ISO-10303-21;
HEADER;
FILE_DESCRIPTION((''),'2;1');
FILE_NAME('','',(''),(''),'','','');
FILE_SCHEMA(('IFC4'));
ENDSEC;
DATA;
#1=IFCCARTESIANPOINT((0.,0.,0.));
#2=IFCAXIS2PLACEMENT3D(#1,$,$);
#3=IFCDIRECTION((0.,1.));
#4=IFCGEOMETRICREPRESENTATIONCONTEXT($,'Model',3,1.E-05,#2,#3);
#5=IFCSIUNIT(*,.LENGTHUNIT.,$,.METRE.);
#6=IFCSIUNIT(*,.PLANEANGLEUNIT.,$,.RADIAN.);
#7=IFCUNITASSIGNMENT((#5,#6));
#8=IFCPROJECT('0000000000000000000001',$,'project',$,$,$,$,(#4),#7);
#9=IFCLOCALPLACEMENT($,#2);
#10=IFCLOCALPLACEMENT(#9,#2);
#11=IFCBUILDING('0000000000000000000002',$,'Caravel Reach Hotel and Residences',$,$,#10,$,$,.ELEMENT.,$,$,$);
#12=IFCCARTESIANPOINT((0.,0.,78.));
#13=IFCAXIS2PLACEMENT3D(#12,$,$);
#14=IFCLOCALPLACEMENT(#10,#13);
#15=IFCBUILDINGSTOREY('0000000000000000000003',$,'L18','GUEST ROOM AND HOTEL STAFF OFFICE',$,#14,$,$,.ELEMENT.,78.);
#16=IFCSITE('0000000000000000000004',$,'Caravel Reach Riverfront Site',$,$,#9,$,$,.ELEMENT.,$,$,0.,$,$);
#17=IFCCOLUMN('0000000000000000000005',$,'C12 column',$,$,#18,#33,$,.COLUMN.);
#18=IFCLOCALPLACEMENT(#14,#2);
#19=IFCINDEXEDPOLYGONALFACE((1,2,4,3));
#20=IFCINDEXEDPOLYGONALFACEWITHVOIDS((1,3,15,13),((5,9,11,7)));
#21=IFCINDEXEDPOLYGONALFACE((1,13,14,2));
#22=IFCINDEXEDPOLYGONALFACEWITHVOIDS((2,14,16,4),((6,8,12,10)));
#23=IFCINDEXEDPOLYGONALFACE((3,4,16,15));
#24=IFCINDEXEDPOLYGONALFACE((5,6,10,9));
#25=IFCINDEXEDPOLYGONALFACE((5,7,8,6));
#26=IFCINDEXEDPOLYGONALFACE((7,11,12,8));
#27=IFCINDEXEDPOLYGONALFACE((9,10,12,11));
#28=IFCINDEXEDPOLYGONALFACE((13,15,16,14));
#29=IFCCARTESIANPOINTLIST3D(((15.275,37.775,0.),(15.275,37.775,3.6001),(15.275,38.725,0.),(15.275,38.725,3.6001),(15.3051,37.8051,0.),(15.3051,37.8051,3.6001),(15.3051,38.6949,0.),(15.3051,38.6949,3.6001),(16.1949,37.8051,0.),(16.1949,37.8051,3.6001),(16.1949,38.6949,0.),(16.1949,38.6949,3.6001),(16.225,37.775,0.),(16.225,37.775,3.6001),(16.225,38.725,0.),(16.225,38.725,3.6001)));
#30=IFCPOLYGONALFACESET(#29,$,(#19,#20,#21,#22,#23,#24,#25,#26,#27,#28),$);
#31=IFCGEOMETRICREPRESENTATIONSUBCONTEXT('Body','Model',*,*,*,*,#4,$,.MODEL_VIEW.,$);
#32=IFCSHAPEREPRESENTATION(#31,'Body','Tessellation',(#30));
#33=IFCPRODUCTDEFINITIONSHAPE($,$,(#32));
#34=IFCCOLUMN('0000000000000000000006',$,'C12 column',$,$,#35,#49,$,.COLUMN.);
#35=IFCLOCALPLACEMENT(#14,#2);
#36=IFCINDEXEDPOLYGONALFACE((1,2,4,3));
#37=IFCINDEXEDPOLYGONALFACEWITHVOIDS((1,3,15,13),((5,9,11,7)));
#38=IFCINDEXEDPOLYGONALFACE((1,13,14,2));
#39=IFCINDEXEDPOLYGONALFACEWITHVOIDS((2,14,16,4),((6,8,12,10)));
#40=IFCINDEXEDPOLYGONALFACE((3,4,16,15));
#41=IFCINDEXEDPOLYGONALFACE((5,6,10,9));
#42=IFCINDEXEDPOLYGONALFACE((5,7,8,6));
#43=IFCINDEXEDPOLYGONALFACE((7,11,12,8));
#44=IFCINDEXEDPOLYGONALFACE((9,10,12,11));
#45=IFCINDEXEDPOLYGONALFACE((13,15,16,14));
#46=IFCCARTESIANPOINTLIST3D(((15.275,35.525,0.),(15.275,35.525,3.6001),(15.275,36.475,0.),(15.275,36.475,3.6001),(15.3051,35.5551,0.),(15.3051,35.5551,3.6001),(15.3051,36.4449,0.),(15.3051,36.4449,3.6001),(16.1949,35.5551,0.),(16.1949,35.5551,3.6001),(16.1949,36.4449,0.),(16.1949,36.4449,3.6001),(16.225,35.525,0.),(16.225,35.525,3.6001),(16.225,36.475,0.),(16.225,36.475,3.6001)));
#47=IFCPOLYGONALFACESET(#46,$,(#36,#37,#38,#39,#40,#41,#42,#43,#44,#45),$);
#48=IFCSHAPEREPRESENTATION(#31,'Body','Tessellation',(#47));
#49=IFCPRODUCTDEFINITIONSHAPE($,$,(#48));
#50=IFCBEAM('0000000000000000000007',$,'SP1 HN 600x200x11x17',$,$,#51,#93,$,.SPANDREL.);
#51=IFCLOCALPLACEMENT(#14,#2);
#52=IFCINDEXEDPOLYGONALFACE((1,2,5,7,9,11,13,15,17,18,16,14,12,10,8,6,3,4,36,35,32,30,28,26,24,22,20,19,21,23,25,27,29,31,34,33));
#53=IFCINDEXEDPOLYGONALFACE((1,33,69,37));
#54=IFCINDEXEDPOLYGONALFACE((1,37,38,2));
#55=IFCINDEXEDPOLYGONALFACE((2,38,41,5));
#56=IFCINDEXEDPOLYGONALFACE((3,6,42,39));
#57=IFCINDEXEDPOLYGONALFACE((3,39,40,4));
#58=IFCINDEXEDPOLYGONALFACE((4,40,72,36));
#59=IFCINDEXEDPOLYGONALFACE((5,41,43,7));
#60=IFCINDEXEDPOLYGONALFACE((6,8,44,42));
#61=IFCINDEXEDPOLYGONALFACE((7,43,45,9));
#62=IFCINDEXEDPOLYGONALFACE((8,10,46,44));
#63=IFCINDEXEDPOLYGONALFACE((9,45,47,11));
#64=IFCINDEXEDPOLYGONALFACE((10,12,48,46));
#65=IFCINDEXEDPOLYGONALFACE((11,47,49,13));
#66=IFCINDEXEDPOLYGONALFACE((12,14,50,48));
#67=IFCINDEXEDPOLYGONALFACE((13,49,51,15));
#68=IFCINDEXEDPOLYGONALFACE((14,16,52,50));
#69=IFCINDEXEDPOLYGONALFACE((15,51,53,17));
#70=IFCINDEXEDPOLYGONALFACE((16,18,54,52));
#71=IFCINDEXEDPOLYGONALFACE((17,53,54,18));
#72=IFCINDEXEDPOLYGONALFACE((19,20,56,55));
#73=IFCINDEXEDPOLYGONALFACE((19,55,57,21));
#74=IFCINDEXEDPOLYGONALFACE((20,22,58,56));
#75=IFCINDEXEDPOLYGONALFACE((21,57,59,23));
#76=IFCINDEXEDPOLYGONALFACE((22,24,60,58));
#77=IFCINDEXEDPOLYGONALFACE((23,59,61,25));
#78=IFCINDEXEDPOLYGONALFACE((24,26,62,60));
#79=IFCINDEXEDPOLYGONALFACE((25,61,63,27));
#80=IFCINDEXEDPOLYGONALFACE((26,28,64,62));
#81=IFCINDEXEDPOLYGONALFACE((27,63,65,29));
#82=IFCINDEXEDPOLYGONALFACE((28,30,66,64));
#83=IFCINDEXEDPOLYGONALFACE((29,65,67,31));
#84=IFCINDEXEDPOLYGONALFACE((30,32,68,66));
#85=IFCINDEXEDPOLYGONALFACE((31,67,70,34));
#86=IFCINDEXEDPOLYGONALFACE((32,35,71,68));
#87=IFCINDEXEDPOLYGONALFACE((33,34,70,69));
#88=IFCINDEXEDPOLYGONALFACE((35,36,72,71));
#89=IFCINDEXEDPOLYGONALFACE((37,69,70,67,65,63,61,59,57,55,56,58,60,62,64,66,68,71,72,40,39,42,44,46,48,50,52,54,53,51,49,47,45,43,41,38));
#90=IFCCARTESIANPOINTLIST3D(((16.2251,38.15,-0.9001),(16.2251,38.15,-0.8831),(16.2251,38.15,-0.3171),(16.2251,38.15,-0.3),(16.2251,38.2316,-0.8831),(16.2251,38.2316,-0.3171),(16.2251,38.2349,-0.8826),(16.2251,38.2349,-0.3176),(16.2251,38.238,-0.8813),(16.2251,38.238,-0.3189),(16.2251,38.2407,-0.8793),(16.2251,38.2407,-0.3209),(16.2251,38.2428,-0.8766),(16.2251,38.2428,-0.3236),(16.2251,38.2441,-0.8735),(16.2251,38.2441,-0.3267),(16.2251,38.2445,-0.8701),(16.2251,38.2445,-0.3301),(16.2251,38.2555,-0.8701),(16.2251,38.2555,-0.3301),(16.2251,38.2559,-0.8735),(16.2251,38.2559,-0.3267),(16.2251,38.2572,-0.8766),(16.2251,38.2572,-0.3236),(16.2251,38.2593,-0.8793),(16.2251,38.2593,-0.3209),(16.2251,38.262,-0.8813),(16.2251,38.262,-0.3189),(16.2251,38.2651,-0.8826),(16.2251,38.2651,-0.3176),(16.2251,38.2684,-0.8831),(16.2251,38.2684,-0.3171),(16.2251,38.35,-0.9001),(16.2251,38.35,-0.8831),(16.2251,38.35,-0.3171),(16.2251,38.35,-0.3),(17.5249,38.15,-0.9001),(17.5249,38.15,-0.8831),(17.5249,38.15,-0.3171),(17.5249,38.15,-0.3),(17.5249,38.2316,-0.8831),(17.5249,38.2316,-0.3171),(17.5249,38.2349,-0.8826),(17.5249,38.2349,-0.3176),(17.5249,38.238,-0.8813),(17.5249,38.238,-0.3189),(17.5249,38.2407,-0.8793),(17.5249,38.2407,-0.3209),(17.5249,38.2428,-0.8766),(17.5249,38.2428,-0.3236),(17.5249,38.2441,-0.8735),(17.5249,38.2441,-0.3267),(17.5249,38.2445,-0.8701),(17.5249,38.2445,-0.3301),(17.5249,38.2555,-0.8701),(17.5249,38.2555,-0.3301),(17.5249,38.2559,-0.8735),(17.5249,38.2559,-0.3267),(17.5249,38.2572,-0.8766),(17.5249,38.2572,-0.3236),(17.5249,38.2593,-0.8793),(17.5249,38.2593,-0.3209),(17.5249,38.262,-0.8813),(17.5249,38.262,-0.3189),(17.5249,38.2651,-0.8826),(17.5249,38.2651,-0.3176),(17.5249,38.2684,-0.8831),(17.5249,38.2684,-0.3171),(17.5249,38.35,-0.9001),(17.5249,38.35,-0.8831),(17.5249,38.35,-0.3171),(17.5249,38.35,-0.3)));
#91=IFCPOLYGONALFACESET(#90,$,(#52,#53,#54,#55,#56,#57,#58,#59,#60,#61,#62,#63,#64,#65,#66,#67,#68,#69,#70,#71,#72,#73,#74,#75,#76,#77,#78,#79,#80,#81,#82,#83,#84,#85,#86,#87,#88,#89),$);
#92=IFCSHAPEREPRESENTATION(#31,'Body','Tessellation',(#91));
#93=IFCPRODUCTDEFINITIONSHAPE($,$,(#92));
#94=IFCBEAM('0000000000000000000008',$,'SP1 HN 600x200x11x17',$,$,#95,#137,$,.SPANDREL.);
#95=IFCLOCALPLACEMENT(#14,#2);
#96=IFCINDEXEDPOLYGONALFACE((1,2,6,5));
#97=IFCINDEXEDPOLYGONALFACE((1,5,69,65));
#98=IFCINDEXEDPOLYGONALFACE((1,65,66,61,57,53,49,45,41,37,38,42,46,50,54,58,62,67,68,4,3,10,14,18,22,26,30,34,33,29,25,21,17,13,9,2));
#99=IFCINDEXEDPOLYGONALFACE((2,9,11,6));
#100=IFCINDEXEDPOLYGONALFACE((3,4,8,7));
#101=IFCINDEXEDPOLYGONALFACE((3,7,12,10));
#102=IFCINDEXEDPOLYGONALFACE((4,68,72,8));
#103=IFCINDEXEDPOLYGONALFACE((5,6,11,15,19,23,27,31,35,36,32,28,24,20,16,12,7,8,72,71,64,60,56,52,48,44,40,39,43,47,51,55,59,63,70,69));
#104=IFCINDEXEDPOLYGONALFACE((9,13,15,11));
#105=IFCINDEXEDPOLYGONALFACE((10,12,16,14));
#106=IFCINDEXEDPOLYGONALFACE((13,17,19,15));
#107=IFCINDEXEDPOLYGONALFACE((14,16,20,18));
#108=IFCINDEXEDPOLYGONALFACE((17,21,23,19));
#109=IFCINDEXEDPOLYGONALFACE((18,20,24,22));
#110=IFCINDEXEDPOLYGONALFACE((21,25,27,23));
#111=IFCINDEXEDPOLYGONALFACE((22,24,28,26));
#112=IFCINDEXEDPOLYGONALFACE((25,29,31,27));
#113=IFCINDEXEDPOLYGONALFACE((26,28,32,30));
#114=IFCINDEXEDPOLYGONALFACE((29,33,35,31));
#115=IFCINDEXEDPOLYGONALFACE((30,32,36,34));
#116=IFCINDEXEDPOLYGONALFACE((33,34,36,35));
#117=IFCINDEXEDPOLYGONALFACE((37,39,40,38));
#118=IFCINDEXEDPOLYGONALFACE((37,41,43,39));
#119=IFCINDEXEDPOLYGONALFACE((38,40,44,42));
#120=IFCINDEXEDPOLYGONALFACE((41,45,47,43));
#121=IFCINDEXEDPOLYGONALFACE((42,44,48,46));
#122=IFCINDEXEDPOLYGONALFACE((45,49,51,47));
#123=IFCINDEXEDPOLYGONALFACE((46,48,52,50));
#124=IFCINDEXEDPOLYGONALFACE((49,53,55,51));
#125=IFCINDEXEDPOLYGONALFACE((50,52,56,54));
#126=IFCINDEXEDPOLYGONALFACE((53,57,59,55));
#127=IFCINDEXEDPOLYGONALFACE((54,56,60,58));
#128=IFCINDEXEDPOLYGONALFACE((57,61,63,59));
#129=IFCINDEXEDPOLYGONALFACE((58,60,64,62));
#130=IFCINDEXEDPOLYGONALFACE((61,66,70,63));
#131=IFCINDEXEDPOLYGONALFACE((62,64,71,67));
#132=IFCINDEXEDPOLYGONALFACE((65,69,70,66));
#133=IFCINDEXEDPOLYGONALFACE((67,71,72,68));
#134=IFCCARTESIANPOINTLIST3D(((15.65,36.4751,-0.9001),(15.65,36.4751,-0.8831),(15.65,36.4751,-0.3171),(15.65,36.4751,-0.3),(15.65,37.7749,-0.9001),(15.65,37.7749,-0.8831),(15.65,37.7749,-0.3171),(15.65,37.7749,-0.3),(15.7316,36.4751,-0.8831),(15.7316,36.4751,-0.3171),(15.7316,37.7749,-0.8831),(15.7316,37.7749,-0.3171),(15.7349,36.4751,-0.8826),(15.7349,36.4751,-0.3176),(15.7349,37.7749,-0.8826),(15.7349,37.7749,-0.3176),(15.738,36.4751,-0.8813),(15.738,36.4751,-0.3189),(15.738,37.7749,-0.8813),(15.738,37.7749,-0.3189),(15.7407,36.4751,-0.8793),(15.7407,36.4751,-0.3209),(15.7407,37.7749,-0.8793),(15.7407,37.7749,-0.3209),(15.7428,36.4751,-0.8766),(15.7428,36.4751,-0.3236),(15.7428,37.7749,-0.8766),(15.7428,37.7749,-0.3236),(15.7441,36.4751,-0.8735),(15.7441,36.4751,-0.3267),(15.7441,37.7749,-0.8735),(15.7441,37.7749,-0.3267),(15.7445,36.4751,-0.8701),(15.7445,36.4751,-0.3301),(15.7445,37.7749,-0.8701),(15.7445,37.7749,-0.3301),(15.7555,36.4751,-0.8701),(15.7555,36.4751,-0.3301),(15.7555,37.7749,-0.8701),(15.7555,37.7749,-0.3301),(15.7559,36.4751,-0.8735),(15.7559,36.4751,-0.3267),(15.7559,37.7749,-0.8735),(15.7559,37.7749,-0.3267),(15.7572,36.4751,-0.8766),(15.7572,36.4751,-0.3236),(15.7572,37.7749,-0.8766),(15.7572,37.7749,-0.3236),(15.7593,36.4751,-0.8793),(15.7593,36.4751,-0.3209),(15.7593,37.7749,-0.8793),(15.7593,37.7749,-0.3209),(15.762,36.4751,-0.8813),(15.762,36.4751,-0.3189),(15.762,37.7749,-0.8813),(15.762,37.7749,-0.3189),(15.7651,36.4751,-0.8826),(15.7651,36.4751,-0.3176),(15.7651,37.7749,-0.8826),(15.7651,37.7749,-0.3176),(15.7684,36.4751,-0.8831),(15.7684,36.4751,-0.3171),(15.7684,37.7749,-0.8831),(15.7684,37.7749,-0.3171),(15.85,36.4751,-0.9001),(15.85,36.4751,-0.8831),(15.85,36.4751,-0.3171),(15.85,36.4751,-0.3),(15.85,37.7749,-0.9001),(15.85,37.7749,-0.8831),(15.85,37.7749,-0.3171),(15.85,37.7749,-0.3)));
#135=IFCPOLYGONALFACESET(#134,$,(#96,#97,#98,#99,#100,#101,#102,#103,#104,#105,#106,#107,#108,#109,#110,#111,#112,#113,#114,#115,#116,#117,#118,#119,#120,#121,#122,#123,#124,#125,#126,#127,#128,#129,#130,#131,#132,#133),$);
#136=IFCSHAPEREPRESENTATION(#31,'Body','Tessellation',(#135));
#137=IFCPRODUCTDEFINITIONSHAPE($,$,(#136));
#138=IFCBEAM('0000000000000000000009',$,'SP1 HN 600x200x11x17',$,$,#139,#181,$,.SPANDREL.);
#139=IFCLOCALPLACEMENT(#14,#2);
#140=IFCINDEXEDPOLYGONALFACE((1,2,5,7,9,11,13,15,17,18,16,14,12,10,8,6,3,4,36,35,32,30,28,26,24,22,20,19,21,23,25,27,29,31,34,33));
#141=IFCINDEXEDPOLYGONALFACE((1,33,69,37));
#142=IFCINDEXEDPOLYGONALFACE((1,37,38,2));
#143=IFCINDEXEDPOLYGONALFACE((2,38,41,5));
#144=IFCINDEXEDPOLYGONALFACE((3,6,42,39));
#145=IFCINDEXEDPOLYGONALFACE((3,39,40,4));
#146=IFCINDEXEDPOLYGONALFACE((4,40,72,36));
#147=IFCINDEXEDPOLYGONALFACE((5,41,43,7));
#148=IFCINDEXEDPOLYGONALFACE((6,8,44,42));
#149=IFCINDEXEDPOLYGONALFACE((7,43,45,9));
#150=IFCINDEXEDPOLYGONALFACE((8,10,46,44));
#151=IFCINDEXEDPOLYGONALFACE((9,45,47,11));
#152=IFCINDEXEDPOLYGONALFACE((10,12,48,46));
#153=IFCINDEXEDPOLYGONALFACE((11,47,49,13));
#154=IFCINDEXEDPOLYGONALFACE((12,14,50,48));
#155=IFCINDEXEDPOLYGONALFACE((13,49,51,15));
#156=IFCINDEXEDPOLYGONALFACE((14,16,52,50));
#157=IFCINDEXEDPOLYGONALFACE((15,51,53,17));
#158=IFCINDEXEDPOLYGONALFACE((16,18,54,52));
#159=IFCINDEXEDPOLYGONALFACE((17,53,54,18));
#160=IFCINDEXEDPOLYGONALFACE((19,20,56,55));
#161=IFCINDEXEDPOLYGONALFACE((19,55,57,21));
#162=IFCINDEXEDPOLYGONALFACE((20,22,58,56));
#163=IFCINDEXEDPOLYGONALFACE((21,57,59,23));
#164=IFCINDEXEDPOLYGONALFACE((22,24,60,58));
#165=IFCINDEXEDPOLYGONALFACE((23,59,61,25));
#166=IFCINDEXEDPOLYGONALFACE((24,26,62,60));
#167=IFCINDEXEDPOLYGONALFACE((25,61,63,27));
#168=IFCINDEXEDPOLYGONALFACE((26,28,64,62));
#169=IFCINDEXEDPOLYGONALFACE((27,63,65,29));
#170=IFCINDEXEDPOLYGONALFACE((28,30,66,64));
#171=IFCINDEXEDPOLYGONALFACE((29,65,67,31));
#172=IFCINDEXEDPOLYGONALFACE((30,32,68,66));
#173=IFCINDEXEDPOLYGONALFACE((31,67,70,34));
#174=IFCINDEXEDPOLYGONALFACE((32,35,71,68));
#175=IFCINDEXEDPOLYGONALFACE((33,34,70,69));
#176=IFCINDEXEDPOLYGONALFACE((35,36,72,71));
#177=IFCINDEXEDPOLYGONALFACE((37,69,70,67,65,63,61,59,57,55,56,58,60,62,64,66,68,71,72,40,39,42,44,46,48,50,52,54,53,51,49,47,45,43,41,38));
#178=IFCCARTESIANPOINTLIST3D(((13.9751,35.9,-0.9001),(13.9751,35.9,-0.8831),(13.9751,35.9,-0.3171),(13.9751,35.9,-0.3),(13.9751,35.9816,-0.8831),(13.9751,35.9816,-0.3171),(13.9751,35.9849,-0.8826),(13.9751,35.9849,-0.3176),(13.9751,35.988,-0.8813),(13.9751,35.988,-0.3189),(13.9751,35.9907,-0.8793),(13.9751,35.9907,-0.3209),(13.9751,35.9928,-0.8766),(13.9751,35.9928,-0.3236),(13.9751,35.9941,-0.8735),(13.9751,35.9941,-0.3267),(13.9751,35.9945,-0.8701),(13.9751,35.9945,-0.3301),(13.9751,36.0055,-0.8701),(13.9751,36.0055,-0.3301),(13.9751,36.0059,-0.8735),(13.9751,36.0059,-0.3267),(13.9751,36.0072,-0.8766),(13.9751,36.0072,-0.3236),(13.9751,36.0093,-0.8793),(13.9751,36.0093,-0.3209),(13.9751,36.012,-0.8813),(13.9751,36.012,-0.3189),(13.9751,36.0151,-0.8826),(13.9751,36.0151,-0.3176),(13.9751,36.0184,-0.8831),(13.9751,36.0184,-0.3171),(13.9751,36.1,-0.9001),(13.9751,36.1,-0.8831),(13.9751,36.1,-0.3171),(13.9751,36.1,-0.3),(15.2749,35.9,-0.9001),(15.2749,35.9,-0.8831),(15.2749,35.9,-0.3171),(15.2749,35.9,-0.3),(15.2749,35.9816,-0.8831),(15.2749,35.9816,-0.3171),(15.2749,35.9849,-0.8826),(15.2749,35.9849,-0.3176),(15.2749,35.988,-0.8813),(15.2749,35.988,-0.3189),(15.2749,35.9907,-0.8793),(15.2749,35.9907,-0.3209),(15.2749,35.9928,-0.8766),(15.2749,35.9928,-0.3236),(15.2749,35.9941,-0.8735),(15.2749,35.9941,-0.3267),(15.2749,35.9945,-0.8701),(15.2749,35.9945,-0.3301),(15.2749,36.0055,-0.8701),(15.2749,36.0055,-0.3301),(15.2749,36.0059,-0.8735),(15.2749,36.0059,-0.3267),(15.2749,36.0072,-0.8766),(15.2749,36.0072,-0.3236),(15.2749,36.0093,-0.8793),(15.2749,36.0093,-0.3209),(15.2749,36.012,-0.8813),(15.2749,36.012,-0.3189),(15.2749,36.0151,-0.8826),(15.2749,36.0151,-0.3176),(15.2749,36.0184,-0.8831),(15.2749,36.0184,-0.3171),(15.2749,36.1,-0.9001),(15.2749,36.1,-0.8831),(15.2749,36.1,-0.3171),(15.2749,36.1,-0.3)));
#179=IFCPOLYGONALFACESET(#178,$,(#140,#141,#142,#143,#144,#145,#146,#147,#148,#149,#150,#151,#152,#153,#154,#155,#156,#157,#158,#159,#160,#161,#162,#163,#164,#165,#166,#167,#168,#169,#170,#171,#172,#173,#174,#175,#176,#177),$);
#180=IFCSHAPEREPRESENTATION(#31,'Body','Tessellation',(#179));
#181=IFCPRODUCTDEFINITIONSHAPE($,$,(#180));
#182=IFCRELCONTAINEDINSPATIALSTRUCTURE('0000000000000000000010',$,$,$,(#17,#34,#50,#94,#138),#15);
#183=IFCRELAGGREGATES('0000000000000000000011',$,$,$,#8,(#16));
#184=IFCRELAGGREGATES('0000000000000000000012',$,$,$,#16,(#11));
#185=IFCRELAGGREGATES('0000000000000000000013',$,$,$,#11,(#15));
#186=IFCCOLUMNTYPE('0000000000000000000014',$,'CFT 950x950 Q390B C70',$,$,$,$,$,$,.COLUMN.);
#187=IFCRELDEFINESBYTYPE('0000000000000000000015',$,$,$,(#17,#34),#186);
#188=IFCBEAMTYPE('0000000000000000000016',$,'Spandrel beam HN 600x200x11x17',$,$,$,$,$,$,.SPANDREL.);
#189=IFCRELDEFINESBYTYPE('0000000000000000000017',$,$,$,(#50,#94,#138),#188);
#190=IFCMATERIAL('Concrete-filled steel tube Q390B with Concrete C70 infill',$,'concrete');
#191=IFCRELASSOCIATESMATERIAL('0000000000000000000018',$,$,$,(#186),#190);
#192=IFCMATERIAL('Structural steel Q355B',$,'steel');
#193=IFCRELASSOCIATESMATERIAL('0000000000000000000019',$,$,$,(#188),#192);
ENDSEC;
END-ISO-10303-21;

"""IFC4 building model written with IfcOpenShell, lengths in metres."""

from ifc_helpers import new_model, si_unit, direction, frame, origin, origin_2d, place, context, subcontext, project, spatial, hollow_rectangle, i_section, extrude, material, material_profile, profile_set, type_object, element, save


model = new_model("IFC4")

# Units and contexts
model_context = context("Model", 3, precision=1e-05, world=origin(), true_north=direction((0.0, 1.0)))
body_context = subcontext(model_context, "Body", "Model", "MODEL_VIEW")
ifc_project = project(units=[si_unit("LENGTHUNIT", "METRE"), si_unit("PLANEANGLEUNIT", "RADIAN")], contexts=[model_context])

# Site, building, storey
site_placement = place(None, origin())
site = spatial("IfcSite", under=ifc_project, at=site_placement, Name="Caravel Reach Riverfront Site", CompositionType="ELEMENT", RefElevation=0.0)
building_placement = place(site_placement, origin())
building = spatial("IfcBuilding", under=site, at=building_placement, Name="Caravel Reach Hotel and Residences", CompositionType="ELEMENT")
storey_placement = place(building_placement, frame((0.0, 0.0, 78.0)))
storey = spatial("IfcBuildingStorey", under=building, at=storey_placement, Name="L18", Description="GUEST ROOM AND HOTEL STAFF OFFICE", CompositionType="ELEMENT", Elevation=78.0)

# Columns
ifc_material_1 = material(Name="Concrete-filled steel tube Q390B with Concrete C70 infill", Category="concrete")
ifc_material_profile_1 = material_profile(ifc_material_1, hollow_rectangle(XDim=0.95, YDim=0.95, WallThickness=0.03, at=origin_2d()), Name="RHS 950x950x30")
ifc_profile_set_1 = profile_set([ifc_material_profile_1], Name="Concrete-filled steel tube Q390B with Concrete C70 infill")
column_type = type_object("IfcColumnType", Name="CFT 950x950 Q390B C70", PredefinedType="COLUMN", material=ifc_profile_set_1)
for number, where, z_axis, x_axis, name in (
    (1, (15.75, 38.25, 0.0), (0.0, 0.0, 1.0), (1.0, 0.0, 0.0), "C12 column"),
    (2, (15.75, 36.0, 0.0), (0.0, 0.0, 1.0), (1.0, 0.0, 0.0), "C12 column"),
):
    element("IfcColumn", number, at=place(storey_placement, frame(where, z_axis=z_axis, x_axis=x_axis)), inside=storey, type_object=column_type, Name=name, PredefinedType="COLUMN", context=body_context, shape_type="SweptSolid", body=[
        extrude(hollow_rectangle(XDim=0.95, YDim=0.95, WallThickness=0.03, at=origin_2d()), origin(), (0.0, 0.0, 1.0), 3.6001),
    ])

# Beams
ifc_material_2 = material(Name="Structural steel Q355B", Category="steel")
ifc_material_profile_2 = material_profile(ifc_material_2, i_section(OverallWidth=0.2, OverallDepth=0.6001, WebThickness=0.011, FlangeThickness=0.0171, FilletRadius=0.0129, at=origin_2d()), Name="HN 600x200x11x17")
ifc_profile_set_2 = profile_set([ifc_material_profile_2], Name="Structural steel Q355B")
beam_type = type_object("IfcBeamType", Name="Spandrel beam HN 600x200x11x17", PredefinedType="SPANDREL", material=ifc_profile_set_2)
for number, where, z_axis, x_axis, name in (
    (3, (17.5249, 38.25, -0.6001), (-1.0, 0.0, 0.0), (0.0, -1.0, 0.0), "SP1 HN 600x200x11x17"),
    (4, (15.75, 37.7749, -0.6001), (0.0, -1.0, 0.0), (1.0, 0.0, 0.0), "SP1 HN 600x200x11x17"),
    (5, (15.2749, 36.0, -0.6001), (-1.0, 0.0, 0.0), (0.0, -1.0, 0.0), "SP1 HN 600x200x11x17"),
):
    element("IfcBeam", number, at=place(storey_placement, frame(where, z_axis=z_axis, x_axis=x_axis)), inside=storey, type_object=beam_type, Name=name, PredefinedType="SPANDREL", context=body_context, shape_type="SweptSolid", body=[
        extrude(i_section(OverallWidth=0.2, OverallDepth=0.6001, WebThickness=0.011, FlangeThickness=0.0171, FilletRadius=0.0129, at=origin_2d()), origin(), (0.0, 0.0, 1.0), 1.2998),
    ])

save(model, "model.ifc")
